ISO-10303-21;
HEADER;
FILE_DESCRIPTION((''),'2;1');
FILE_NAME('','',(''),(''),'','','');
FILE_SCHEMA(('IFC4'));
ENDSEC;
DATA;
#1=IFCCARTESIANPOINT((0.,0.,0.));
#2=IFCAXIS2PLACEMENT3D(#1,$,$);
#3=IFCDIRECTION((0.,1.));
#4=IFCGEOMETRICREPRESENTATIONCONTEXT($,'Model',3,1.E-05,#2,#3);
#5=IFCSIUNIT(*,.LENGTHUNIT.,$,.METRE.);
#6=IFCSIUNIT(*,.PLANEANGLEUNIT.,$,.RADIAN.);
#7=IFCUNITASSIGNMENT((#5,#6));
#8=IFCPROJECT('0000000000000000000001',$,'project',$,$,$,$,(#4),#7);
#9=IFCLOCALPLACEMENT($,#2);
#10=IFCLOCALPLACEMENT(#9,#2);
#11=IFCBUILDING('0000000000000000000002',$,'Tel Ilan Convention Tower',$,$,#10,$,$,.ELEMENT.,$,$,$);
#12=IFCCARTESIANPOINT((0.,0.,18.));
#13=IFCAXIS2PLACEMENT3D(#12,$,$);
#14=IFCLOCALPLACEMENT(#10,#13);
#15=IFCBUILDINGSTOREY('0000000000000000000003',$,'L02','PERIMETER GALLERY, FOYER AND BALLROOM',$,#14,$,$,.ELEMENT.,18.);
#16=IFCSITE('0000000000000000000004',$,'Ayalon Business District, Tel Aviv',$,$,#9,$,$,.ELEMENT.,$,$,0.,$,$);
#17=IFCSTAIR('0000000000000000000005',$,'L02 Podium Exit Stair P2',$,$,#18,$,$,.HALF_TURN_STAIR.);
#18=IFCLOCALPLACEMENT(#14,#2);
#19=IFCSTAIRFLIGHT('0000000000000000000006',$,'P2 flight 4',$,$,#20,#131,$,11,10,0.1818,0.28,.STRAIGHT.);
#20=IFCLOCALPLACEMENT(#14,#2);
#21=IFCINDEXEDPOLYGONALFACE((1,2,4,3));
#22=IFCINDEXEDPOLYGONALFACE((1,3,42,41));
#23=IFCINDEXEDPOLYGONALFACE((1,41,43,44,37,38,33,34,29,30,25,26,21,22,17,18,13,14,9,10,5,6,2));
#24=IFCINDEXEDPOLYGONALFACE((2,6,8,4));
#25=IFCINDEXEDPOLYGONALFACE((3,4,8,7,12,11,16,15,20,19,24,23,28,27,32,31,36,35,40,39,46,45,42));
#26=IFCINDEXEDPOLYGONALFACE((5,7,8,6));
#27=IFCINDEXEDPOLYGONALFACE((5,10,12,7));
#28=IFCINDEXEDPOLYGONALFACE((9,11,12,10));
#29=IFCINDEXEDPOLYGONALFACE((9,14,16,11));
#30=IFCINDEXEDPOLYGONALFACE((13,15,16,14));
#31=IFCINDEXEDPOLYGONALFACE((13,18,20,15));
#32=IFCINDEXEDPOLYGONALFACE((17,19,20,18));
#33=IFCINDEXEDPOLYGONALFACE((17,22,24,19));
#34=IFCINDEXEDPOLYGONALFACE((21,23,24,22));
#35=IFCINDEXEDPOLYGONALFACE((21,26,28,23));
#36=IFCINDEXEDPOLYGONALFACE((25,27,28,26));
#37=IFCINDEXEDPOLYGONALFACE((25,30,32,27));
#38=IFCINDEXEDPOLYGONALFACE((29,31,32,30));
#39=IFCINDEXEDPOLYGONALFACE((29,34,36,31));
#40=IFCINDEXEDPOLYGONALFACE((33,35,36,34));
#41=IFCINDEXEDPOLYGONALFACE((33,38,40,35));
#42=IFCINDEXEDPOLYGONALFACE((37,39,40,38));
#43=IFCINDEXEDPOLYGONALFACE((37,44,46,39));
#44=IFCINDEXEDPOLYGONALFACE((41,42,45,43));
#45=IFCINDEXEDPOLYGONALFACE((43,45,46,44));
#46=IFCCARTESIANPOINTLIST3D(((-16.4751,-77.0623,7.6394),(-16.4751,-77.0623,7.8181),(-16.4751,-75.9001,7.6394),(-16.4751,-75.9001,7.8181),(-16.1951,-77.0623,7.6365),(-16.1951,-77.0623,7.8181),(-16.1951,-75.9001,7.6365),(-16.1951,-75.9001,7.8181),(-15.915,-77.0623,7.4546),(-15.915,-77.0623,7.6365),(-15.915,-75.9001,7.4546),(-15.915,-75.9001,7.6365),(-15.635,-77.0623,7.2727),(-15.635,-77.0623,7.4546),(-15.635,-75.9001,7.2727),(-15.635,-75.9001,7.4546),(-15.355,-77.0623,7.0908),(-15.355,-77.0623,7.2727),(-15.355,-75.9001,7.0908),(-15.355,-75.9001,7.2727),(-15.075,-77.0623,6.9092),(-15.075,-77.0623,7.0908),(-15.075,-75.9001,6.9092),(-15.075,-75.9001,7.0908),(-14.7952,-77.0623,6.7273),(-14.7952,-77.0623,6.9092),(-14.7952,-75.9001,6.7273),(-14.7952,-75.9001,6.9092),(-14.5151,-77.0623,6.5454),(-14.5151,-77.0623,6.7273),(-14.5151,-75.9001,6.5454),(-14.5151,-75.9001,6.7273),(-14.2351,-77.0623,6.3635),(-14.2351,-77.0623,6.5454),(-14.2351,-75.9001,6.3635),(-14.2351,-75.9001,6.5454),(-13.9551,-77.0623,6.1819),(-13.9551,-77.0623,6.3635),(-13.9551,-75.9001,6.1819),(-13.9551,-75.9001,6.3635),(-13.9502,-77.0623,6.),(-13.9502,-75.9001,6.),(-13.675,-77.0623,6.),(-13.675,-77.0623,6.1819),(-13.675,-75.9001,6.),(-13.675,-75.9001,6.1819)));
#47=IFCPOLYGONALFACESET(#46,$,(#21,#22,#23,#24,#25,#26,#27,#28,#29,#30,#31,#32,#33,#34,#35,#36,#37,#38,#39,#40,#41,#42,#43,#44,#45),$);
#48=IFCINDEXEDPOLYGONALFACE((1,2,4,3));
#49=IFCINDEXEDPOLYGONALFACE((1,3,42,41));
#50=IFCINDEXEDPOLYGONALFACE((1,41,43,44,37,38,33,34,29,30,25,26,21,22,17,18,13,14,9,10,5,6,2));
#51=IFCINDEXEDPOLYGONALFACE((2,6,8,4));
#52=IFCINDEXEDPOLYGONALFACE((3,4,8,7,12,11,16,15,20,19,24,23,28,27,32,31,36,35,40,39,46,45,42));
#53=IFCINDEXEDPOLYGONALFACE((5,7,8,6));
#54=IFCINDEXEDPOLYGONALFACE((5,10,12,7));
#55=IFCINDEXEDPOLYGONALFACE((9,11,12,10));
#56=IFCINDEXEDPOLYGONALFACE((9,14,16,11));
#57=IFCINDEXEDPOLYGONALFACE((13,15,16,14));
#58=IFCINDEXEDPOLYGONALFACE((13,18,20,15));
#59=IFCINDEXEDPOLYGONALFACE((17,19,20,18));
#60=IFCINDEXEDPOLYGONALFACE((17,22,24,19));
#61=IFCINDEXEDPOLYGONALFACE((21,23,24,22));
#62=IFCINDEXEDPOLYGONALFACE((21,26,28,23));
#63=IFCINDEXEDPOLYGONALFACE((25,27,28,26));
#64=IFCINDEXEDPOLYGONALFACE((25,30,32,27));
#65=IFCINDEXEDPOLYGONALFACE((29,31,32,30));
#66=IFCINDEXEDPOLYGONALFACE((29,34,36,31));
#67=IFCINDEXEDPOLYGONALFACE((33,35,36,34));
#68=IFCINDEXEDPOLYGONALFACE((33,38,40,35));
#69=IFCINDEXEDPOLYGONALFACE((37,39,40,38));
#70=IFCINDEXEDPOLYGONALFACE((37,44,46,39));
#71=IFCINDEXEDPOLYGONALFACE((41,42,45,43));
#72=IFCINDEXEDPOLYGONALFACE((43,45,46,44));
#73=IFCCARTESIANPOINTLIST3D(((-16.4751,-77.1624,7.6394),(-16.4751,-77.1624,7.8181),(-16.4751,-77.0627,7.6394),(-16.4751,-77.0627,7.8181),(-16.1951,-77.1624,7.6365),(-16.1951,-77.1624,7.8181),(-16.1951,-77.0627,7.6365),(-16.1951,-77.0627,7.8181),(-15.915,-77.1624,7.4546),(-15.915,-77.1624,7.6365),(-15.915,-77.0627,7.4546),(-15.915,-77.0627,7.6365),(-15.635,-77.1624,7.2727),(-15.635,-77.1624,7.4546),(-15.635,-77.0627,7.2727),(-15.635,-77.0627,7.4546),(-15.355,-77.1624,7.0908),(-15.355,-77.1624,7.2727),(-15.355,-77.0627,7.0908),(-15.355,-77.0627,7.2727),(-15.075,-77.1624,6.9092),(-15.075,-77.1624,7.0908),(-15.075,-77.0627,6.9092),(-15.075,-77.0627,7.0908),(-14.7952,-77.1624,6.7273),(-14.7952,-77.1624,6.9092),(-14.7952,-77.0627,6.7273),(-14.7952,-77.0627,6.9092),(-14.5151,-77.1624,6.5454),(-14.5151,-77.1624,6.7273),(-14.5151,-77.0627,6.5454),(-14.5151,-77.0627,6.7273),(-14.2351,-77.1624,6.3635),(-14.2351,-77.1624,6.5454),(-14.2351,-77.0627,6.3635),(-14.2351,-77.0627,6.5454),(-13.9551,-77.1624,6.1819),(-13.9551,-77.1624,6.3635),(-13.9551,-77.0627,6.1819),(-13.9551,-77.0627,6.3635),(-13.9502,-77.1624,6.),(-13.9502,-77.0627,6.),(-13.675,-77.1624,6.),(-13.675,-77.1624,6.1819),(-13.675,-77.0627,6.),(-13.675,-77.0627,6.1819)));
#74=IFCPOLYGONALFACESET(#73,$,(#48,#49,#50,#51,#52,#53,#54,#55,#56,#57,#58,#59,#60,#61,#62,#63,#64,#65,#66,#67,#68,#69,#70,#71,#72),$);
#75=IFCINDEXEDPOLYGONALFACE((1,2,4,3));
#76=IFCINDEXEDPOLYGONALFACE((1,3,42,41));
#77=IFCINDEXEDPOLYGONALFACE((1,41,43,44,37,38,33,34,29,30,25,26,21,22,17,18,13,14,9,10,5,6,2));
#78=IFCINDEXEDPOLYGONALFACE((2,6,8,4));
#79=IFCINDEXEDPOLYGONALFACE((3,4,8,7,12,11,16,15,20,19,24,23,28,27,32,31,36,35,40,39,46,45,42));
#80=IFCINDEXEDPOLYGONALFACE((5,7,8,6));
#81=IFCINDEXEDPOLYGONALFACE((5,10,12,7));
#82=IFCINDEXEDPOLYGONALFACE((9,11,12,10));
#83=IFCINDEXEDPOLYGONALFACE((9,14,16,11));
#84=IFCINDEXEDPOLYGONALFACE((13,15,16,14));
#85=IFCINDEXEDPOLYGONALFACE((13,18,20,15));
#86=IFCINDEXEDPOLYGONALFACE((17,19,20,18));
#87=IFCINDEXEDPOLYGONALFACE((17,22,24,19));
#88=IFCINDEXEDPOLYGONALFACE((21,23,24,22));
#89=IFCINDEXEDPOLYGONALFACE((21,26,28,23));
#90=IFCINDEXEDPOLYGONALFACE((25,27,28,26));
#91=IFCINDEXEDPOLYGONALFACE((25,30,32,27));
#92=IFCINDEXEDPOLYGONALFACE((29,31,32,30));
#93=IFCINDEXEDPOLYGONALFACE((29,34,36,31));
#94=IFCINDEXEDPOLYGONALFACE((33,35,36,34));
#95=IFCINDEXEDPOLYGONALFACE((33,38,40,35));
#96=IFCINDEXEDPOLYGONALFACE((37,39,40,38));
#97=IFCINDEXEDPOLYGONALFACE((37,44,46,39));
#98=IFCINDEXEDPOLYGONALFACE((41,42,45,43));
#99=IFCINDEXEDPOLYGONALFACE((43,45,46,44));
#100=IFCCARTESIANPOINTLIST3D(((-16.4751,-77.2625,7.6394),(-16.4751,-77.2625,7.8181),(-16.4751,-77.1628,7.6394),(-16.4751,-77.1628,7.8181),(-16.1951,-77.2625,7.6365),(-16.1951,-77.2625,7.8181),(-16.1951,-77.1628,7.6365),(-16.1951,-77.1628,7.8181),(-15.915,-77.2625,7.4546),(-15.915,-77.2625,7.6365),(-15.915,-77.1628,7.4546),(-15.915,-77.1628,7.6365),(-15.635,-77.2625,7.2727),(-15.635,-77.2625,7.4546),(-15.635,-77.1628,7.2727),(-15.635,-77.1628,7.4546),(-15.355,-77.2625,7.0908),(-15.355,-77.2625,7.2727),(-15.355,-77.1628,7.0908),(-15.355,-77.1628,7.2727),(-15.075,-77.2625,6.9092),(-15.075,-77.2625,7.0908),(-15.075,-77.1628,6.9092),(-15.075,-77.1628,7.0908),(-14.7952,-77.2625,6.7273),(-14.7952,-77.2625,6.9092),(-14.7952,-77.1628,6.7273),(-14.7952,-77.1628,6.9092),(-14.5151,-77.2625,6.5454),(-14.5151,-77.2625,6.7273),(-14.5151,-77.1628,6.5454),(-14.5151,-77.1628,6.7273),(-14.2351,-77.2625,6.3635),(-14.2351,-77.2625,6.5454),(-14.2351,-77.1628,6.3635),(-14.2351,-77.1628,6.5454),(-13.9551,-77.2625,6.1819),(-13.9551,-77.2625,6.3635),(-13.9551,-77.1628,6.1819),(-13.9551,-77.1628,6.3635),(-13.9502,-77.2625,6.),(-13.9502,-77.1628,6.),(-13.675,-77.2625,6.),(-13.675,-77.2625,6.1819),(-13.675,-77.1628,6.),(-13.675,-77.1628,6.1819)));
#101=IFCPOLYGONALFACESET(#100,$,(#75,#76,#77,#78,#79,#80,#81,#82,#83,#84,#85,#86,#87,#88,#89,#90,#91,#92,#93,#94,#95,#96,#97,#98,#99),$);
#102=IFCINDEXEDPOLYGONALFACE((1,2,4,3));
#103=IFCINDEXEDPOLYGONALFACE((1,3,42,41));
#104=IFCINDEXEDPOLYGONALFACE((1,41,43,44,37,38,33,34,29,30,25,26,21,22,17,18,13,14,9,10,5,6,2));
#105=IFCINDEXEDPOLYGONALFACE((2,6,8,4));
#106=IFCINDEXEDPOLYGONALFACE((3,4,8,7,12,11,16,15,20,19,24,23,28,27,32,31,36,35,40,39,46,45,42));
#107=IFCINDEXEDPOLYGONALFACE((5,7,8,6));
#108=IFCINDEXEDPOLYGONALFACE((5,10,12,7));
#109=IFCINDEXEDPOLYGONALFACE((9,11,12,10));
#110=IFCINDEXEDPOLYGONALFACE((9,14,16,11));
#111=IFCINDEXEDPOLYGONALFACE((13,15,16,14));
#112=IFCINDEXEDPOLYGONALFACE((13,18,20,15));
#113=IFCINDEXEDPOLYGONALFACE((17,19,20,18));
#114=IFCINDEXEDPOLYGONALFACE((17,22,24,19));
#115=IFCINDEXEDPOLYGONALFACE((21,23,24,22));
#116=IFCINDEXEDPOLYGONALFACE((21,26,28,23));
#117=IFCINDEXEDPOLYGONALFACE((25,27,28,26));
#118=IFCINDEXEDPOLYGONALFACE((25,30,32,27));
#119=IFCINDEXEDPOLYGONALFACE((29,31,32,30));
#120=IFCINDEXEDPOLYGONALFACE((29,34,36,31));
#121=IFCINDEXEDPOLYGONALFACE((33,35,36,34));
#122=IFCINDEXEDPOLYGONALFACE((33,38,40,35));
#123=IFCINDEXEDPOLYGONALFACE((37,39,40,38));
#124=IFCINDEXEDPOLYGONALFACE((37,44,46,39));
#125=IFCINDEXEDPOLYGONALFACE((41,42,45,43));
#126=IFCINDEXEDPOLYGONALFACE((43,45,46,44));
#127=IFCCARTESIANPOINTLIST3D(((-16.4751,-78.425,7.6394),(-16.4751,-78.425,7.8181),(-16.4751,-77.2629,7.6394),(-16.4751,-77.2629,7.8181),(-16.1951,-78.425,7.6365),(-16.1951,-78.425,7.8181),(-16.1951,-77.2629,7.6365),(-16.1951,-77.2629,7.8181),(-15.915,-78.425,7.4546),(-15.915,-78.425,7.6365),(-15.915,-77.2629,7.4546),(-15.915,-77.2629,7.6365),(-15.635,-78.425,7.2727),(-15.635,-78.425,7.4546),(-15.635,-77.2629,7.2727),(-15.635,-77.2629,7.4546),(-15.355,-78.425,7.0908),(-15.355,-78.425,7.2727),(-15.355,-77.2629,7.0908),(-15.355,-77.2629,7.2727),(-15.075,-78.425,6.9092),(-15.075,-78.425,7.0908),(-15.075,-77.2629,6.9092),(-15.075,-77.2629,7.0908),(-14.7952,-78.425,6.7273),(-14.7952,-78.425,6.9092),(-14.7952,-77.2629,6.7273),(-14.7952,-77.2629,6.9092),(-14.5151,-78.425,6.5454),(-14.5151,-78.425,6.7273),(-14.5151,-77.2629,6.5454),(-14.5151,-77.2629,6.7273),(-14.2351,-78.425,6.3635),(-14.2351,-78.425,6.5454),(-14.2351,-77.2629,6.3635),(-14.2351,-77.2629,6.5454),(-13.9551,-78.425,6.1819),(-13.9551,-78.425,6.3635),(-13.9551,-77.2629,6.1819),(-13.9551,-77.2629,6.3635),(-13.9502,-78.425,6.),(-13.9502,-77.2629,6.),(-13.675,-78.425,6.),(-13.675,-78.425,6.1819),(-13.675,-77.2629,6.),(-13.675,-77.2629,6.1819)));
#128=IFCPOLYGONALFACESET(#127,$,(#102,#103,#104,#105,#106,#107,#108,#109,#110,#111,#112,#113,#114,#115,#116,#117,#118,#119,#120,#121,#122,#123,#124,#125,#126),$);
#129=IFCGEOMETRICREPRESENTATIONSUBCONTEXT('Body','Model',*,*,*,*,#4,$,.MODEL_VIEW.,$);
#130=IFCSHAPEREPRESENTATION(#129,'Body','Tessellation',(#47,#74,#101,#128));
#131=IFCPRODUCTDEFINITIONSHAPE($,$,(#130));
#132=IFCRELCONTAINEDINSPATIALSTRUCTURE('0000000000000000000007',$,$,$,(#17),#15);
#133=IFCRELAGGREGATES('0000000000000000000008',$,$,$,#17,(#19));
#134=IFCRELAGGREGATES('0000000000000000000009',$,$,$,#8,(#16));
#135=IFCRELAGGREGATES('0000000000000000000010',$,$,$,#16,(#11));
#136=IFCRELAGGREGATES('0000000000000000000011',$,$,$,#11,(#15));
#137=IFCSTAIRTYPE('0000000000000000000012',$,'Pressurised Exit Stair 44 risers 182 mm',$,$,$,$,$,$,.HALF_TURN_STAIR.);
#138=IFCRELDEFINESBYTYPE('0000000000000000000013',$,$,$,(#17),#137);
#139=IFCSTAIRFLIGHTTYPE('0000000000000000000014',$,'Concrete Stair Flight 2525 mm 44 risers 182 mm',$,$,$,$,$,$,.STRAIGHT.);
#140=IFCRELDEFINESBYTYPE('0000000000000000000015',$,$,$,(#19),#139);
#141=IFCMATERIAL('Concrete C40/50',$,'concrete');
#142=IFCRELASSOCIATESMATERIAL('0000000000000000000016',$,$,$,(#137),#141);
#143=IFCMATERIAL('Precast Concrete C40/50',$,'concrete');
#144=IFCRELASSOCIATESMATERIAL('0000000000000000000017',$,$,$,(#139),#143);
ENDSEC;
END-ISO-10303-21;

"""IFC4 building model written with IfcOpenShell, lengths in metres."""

from ifc_helpers import new_model, si_unit, direction, frame, origin, place, context, subcontext, project, spatial, polyline, outline, extrude, material, type_object, element, aggregate, save


model = new_model("IFC4")

# Units and contexts
model_context = context("Model", 3, precision=1e-05, world=origin(), true_north=direction((0.0, 1.0)))
body_context = subcontext(model_context, "Body", "Model", "MODEL_VIEW")
ifc_project = project(units=[si_unit("LENGTHUNIT", "METRE"), si_unit("PLANEANGLEUNIT", "RADIAN")], contexts=[model_context])

# Site, building, storey
site_placement = place(None, origin())
site = spatial("IfcSite", under=ifc_project, at=site_placement, Name="Ayalon Business District, Tel Aviv", CompositionType="ELEMENT", RefElevation=0.0)
building_placement = place(site_placement, origin())
building = spatial("IfcBuilding", under=site, at=building_placement, Name="Tel Ilan Convention Tower", CompositionType="ELEMENT")
storey_placement = place(building_placement, frame((0.0, 0.0, 18.0)))
storey = spatial("IfcBuildingStorey", under=building, at=storey_placement, Name="L02", Description="PERIMETER GALLERY, FOYER AND BALLROOM", CompositionType="ELEMENT", Elevation=18.0)

# Stair, stair flight
ifc_material_1 = material(Name="Concrete C40/50", Category="concrete")
stair_type = type_object("IfcStairType", Name="Pressurised Exit Stair 44 risers 182 mm", PredefinedType="HALF_TURN_STAIR", material=ifc_material_1)
stair_placement = place(storey_placement, origin())
stair = element("IfcStair", 1, at=stair_placement, inside=storey, type_object=stair_type, Name="L02 Podium Exit Stair P2", PredefinedType="HALF_TURN_STAIR")
ifc_material_2 = material(Name="Precast Concrete C40/50", Category="concrete")
stair_flight_type = type_object("IfcStairFlightType", Name="Concrete Stair Flight 2525 mm 44 risers 182 mm", PredefinedType="STRAIGHT", material=ifc_material_2)
stair_flight_1_placement = place(storey_placement, frame((-13.675, -77.1626, 6.0), z_axis=(0.0, 0.0, 1.0), x_axis=(-1.0, 0.0, 0.0)))
stair_flight_1 = element("IfcStairFlight", 2, at=stair_flight_1_placement, type_object=stair_flight_type, Name="P2 flight 4", NumberOfRisers=11, NumberOfTreads=10, PredefinedType="STRAIGHT", RiserHeight=0.1818, TreadLength=0.28, context=body_context, shape_type="SweptSolid", body=[
    extrude(outline(polyline([(0.0, 0.0), (0.0, 0.1819), (0.28, 0.1819), (0.28, 0.3635), (0.5601, 0.3635), (0.5601, 0.5454), (0.8401, 0.5454), (0.8401, 0.7273), (1.1201, 0.7273), (1.1201, 0.9092), (1.3999, 0.9092), (1.3999, 1.0908), (1.6799, 1.0908), (1.6799, 1.2727), (1.96, 1.2727), (1.96, 1.4546), (2.24, 1.4546), (2.24, 1.6365), (2.52, 1.6365), (2.52, 1.8181), (2.8, 1.8181), (2.8, 2.0), (2.8, 1.6394), (0.2751, 0.0), (0.0, 0.0)])), frame((0.0, -0.1003, 0.0), z_axis=(0.0, -1.0, 0.0), x_axis=(1.0, 0.0, 0.0)), (0.0, 0.0, 1.0), 1.1621),
    extrude(outline(polyline([(0.0, 0.0), (0.0, 0.1819), (0.28, 0.1819), (0.28, 0.3635), (0.5601, 0.3635), (0.5601, 0.5454), (0.8401, 0.5454), (0.8401, 0.7273), (1.1201, 0.7273), (1.1201, 0.9092), (1.3999, 0.9092), (1.3999, 1.0908), (1.6799, 1.0908), (1.6799, 1.2727), (1.96, 1.2727), (1.96, 1.4546), (2.24, 1.4546), (2.24, 1.6365), (2.52, 1.6365), (2.52, 1.8181), (2.8, 1.8181), (2.8, 2.0), (2.8, 1.6394), (0.2751, 0.0), (0.0, 0.0)])), frame((0.0, -0.0002, 0.0), z_axis=(0.0, -1.0, 0.0), x_axis=(1.0, 0.0, 0.0)), (0.0, 0.0, 1.0), 0.0996),
    extrude(outline(polyline([(0.0, 0.0), (0.0, 0.1819), (0.28, 0.1819), (0.28, 0.3635), (0.5601, 0.3635), (0.5601, 0.5454), (0.8401, 0.5454), (0.8401, 0.7273), (1.1201, 0.7273), (1.1201, 0.9092), (1.3999, 0.9092), (1.3999, 1.0908), (1.6799, 1.0908), (1.6799, 1.2727), (1.96, 1.2727), (1.96, 1.4546), (2.24, 1.4546), (2.24, 1.6365), (2.52, 1.6365), (2.52, 1.8181), (2.8, 1.8181), (2.8, 2.0), (2.8, 1.6394), (0.2751, 0.0), (0.0, 0.0)])), frame((0.0, 0.0999, 0.0), z_axis=(0.0, -1.0, 0.0), x_axis=(1.0, 0.0, 0.0)), (0.0, 0.0, 1.0), 0.0996),
    extrude(outline(polyline([(0.0, 0.0), (0.0, 0.1819), (0.28, 0.1819), (0.28, 0.3635), (0.5601, 0.3635), (0.5601, 0.5454), (0.8401, 0.5454), (0.8401, 0.7273), (1.1201, 0.7273), (1.1201, 0.9092), (1.3999, 0.9092), (1.3999, 1.0908), (1.6799, 1.0908), (1.6799, 1.2727), (1.96, 1.2727), (1.96, 1.4546), (2.24, 1.4546), (2.24, 1.6365), (2.52, 1.6365), (2.52, 1.8181), (2.8, 1.8181), (2.8, 2.0), (2.8, 1.6394), (0.2751, 0.0), (0.0, 0.0)])), frame((0.0, 1.2625, 0.0), z_axis=(0.0, -1.0, 0.0), x_axis=(1.0, 0.0, 0.0)), (0.0, 0.0, 1.0), 1.1621),
])
aggregate(stair, [stair_flight_1])

save(model, "model.ifc")
